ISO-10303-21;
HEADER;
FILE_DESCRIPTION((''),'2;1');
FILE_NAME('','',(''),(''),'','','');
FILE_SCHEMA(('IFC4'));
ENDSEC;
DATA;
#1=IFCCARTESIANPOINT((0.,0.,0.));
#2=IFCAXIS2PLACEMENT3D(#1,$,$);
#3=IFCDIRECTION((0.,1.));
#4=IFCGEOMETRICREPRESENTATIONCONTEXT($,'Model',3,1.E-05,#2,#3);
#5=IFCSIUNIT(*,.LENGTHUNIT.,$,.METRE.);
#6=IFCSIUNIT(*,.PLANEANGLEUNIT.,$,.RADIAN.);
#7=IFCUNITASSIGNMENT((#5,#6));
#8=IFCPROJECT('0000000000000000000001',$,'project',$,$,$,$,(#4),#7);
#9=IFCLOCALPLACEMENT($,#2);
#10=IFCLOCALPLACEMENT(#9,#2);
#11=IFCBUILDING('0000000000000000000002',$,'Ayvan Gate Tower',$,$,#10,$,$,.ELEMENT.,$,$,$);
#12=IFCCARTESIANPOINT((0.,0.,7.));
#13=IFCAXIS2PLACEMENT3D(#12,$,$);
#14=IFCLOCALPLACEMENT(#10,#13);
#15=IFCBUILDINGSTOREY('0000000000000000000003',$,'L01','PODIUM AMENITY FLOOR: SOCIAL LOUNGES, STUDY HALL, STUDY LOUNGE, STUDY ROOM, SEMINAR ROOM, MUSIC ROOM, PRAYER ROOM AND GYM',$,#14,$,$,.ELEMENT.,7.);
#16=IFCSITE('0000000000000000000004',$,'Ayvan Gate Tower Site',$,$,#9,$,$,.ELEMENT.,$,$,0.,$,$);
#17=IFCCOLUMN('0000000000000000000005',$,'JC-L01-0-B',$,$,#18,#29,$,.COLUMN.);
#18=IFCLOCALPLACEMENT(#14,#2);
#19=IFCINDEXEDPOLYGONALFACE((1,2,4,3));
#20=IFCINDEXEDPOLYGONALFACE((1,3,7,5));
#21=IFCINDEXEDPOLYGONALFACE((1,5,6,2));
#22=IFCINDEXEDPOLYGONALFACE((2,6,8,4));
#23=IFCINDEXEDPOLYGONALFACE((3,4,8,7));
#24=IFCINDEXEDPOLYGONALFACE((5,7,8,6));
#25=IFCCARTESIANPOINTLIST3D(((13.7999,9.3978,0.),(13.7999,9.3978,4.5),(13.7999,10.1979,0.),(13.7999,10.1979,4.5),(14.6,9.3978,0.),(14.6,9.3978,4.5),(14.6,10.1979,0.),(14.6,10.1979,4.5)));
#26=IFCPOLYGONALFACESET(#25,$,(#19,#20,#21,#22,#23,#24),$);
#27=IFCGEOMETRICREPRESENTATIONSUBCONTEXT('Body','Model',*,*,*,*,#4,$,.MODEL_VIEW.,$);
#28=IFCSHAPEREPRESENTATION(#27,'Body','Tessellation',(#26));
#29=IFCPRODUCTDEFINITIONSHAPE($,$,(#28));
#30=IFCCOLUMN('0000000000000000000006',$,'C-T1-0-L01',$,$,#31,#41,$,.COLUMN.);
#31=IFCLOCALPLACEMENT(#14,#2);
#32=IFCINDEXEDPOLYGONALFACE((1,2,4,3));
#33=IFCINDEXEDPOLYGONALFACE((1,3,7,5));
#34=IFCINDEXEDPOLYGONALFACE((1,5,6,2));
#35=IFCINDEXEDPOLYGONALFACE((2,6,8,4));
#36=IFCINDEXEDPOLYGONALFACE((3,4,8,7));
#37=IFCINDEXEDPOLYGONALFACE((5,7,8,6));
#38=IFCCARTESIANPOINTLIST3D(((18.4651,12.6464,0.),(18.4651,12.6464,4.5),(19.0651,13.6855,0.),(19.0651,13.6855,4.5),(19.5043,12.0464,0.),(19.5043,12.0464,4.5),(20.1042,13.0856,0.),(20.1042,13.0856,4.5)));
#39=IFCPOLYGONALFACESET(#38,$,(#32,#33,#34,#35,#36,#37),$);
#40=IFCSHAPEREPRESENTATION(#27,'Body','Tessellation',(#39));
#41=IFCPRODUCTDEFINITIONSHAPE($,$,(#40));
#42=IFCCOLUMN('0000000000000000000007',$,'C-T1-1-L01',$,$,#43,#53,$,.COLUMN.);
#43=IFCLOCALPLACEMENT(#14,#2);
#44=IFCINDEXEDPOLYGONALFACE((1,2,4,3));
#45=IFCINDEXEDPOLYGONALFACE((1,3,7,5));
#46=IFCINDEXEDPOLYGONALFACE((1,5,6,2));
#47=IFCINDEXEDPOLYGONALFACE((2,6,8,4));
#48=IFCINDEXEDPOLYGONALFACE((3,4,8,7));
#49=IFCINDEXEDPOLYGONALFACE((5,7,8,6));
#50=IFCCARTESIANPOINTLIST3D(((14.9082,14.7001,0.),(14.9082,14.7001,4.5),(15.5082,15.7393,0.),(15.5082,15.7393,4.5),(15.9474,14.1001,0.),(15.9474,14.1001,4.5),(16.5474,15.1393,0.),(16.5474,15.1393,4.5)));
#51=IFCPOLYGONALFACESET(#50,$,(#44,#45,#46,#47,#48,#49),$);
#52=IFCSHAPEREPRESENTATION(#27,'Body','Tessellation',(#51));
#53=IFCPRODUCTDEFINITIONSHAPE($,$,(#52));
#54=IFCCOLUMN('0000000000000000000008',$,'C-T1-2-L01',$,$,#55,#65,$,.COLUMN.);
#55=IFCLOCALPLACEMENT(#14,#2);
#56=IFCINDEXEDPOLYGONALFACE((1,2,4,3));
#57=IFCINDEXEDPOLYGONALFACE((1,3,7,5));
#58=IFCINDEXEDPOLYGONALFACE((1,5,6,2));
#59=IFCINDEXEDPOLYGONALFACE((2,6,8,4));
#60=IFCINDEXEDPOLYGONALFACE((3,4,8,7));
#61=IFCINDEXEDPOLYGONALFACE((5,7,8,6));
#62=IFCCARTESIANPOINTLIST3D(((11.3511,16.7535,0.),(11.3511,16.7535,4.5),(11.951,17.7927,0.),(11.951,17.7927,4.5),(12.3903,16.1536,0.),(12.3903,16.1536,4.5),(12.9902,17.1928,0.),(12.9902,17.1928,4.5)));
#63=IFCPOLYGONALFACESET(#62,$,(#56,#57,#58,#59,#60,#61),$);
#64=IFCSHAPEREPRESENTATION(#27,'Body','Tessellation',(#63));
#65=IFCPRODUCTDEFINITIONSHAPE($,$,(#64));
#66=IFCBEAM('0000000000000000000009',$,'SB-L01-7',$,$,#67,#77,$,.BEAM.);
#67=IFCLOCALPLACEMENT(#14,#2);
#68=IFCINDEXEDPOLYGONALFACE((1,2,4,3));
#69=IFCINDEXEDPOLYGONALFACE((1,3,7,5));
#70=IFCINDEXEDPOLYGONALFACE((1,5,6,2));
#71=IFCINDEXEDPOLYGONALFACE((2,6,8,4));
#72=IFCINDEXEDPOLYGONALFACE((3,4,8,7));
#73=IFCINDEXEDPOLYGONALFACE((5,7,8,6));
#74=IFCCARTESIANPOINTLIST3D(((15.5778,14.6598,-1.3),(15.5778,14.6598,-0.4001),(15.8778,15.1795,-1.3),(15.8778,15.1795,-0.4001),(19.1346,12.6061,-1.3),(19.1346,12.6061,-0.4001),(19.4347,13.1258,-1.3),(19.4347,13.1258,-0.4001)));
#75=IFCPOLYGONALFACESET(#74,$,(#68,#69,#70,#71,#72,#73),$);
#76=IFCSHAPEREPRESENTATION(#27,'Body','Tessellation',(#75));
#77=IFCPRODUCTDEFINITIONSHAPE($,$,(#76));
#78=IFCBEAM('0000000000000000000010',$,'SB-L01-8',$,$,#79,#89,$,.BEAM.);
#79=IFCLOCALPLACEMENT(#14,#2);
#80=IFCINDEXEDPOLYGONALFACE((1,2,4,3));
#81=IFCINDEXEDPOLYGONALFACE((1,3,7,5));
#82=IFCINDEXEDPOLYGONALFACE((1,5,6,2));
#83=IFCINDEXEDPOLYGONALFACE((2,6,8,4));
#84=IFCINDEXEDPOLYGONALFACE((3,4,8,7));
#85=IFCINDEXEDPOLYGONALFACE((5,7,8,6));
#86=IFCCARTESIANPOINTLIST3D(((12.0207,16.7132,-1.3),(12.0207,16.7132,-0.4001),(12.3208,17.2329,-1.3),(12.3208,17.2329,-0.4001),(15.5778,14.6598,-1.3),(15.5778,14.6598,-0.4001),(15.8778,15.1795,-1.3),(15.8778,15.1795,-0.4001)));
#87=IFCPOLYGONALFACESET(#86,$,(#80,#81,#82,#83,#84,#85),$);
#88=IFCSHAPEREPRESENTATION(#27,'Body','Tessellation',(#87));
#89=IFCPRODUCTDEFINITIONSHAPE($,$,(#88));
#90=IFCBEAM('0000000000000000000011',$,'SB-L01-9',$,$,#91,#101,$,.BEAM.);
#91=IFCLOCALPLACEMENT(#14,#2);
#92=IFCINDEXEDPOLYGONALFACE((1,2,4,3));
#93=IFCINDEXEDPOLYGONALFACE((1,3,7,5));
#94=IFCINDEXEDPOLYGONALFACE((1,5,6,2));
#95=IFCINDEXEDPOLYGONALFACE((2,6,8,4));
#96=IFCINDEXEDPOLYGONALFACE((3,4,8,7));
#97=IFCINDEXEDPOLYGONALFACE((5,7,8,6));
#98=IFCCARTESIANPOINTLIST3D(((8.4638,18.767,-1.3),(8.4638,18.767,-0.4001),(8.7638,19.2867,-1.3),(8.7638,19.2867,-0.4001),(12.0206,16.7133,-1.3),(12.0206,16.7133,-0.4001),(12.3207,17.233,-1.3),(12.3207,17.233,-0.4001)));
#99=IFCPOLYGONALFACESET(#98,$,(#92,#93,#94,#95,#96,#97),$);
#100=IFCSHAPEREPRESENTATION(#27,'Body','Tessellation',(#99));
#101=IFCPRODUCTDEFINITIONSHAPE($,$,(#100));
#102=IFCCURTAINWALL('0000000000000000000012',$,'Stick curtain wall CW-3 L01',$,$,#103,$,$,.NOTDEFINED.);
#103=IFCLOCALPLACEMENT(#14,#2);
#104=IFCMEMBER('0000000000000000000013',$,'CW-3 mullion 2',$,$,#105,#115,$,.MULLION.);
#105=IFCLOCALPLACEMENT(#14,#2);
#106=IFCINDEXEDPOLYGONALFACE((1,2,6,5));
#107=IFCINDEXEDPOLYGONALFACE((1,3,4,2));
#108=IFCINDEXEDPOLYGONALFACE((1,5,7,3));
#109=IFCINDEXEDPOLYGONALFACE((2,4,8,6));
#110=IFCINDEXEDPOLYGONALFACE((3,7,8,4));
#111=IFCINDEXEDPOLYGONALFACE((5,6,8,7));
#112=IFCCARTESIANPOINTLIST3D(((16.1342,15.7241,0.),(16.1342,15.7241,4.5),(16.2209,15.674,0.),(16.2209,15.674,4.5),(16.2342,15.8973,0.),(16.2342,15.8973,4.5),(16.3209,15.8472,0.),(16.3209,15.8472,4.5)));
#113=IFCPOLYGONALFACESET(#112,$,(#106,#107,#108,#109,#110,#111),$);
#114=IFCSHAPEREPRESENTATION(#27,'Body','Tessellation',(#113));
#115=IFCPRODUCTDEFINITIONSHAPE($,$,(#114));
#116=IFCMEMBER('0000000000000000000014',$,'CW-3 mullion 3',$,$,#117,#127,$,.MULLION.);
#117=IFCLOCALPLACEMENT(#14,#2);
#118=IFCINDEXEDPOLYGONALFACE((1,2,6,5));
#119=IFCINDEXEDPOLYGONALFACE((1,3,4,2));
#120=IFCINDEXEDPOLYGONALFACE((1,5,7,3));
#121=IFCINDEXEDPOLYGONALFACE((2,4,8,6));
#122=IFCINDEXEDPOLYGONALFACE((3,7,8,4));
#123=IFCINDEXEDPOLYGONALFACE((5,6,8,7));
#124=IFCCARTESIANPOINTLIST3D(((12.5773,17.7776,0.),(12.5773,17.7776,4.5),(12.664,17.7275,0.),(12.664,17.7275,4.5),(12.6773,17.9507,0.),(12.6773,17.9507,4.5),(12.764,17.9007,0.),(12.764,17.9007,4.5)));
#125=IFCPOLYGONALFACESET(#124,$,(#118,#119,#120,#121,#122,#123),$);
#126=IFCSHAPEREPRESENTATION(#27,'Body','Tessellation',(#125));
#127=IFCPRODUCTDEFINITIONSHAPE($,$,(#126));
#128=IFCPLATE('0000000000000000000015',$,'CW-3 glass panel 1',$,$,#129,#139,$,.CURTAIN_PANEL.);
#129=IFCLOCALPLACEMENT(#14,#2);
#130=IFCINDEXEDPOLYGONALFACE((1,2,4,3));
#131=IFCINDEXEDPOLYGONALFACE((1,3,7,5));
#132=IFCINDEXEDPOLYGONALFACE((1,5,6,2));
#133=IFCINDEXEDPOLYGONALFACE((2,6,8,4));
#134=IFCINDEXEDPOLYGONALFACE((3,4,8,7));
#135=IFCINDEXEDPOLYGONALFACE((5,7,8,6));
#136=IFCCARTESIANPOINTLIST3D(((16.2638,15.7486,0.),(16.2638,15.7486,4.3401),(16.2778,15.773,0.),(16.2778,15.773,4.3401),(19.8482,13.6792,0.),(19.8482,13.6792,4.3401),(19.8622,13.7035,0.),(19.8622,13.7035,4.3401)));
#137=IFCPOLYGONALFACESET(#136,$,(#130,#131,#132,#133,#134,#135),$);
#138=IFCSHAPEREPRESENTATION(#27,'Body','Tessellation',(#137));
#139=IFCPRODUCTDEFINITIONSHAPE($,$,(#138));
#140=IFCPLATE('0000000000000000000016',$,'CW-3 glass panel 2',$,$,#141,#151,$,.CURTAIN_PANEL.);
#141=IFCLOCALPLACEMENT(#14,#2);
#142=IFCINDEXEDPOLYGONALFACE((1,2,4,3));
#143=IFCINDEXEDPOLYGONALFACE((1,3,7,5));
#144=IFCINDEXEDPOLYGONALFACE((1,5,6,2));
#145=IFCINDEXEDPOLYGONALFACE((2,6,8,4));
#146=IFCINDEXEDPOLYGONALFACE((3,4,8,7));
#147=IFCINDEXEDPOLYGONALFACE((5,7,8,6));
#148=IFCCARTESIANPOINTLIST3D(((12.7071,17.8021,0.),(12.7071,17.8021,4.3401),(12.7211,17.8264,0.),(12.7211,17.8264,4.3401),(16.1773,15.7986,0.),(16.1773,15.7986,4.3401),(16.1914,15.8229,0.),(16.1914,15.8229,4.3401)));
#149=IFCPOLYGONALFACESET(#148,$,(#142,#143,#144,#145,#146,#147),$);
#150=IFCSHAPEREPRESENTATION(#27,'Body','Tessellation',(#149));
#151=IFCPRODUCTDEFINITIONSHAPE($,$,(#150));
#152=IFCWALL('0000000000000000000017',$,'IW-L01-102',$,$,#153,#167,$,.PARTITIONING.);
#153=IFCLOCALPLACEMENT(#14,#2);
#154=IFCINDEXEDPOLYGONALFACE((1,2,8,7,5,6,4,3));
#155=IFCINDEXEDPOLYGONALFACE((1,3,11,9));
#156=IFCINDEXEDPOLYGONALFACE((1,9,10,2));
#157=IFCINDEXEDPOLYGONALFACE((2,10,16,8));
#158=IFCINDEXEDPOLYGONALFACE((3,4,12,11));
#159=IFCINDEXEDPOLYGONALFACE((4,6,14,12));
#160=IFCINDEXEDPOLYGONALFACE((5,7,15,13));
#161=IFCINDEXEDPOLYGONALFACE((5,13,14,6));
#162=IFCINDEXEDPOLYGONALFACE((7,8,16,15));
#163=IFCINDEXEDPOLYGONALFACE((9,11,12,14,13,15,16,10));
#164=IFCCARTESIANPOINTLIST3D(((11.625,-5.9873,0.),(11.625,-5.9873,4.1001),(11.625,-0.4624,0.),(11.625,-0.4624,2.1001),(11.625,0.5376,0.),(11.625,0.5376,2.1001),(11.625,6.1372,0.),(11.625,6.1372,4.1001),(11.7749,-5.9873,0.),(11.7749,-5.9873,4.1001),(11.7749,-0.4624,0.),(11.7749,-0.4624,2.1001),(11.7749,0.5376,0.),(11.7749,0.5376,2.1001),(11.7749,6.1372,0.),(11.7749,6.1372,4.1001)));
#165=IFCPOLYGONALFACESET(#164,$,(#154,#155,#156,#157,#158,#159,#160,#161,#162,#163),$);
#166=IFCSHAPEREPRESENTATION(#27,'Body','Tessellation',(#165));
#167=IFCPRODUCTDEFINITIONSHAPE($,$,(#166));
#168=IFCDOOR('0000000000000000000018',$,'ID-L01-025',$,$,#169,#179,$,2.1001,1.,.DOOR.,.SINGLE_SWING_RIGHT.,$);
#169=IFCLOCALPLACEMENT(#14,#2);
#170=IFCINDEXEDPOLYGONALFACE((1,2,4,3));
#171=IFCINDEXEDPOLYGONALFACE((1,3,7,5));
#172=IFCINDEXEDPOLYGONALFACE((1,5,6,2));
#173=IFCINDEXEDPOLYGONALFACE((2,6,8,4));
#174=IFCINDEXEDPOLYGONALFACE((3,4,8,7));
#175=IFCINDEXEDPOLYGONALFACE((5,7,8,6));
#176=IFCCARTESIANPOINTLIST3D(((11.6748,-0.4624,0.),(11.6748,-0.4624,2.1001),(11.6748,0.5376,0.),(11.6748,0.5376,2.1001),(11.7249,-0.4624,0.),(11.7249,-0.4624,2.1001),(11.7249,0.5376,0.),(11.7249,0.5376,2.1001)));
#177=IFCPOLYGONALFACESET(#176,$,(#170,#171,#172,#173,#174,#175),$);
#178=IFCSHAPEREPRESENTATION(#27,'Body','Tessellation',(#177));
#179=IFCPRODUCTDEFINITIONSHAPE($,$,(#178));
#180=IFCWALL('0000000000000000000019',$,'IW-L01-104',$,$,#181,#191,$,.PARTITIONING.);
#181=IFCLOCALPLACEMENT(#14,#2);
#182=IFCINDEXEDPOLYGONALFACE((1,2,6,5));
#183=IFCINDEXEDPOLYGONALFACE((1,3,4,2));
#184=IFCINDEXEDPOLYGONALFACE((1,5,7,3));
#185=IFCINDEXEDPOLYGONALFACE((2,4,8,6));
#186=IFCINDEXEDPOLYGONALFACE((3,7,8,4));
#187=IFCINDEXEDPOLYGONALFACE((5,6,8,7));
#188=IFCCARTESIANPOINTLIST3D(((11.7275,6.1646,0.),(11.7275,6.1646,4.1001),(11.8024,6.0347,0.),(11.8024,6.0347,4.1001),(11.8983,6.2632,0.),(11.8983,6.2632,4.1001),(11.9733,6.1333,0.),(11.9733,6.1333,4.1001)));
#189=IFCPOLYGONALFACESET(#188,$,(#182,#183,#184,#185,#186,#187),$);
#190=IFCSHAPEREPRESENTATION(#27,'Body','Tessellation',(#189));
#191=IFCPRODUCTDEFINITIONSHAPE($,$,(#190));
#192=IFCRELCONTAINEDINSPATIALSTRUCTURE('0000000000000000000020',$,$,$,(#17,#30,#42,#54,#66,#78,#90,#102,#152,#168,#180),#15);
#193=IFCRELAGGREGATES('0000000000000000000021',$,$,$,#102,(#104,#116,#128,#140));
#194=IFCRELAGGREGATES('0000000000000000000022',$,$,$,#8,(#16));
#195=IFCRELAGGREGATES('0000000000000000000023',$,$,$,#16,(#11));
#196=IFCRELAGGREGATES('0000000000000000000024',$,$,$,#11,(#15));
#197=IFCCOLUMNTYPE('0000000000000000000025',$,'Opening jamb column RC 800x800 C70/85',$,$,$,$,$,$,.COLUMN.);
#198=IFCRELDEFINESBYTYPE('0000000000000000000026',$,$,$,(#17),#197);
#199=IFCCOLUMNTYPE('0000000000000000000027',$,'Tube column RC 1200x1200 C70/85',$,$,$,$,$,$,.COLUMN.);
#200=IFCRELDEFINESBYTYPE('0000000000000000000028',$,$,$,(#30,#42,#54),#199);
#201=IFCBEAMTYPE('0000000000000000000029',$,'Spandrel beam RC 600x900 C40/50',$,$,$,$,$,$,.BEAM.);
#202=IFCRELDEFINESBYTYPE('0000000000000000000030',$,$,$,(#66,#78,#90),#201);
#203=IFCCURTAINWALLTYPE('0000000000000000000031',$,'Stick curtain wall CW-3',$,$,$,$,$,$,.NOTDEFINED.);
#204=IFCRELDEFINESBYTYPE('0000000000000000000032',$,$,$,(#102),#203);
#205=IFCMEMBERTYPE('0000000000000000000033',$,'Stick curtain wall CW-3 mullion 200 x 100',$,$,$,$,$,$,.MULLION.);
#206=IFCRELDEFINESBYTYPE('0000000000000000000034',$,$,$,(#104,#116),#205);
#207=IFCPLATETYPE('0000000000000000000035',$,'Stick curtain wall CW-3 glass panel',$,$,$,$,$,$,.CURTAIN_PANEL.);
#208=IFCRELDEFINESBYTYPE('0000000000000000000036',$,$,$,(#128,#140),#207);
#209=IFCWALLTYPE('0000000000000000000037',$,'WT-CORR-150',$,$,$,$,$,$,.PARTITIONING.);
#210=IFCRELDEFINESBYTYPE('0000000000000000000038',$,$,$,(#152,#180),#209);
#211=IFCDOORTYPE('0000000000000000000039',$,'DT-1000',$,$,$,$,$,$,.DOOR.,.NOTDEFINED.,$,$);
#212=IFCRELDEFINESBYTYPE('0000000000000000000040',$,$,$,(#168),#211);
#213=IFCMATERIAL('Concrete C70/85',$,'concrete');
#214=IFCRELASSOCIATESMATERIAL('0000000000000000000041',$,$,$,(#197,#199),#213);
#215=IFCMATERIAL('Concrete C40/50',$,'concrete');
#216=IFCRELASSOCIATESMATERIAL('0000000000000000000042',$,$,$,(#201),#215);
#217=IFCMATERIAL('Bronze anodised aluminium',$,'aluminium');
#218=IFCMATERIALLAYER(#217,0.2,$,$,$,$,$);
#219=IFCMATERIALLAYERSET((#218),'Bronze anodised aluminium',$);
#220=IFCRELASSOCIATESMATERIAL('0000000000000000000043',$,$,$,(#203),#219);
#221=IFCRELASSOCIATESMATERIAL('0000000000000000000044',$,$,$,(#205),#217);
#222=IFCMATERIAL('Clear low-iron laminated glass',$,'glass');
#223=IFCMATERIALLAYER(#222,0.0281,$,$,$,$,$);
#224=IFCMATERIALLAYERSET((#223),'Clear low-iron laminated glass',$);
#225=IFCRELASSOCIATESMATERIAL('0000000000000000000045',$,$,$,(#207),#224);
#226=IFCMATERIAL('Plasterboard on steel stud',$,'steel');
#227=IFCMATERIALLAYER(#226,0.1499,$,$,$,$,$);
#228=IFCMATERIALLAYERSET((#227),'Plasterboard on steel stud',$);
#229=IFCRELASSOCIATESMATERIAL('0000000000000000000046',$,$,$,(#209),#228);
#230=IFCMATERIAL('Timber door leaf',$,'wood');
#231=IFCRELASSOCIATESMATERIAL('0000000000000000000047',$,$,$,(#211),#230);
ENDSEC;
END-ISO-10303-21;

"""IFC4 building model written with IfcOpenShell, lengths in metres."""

from ifc_helpers import new_model, si_unit, direction, frame, frame_2d, origin, origin_2d, place, context, subcontext, project, spatial, rectangle, extrude, material, layer, layer_set, material_profile, profile_set, type_object, element, fill, aggregate, save


model = new_model("IFC4")

# Units and contexts
model_context = context("Model", 3, precision=1e-05, world=origin(), true_north=direction((0.0, 1.0)))
body_context = subcontext(model_context, "Body", "Model", "MODEL_VIEW")
ifc_project = project(units=[si_unit("LENGTHUNIT", "METRE"), si_unit("PLANEANGLEUNIT", "RADIAN")], contexts=[model_context])

# Site, building, storey
site_placement = place(None, origin())
site = spatial("IfcSite", under=ifc_project, at=site_placement, Name="Ayvan Gate Tower Site", CompositionType="ELEMENT", RefElevation=0.0)
building_placement = place(site_placement, origin())
building = spatial("IfcBuilding", under=site, at=building_placement, Name="Ayvan Gate Tower", CompositionType="ELEMENT")
storey_placement = place(building_placement, frame((0.0, 0.0, 7.0)))
storey = spatial("IfcBuildingStorey", under=building, at=storey_placement, Name="L01", Description="PODIUM AMENITY FLOOR: SOCIAL LOUNGES, STUDY HALL, STUDY LOUNGE, STUDY ROOM, SEMINAR ROOM, MUSIC ROOM, PRAYER ROOM AND GYM", CompositionType="ELEMENT", Elevation=7.0)

# Columns
ifc_material_1 = material(Name="Concrete C70/85", Category="concrete")
ifc_material_profile_1 = material_profile(ifc_material_1, rectangle(XDim=0.8, YDim=0.8, at=origin_2d()), Name="RC 800x800")
ifc_profile_set_1 = profile_set([ifc_material_profile_1], Name="Concrete C70/85")
column_type_1 = type_object("IfcColumnType", Name="Opening jamb column RC 800x800 C70/85", PredefinedType="COLUMN", material=ifc_profile_set_1)
column_placement = place(storey_placement, frame((14.2, 9.7979, 0.0), z_axis=(0.0, 0.0, 1.0), x_axis=(1.0, 0.0, 0.0)))
element("IfcColumn", 1, at=column_placement, inside=storey, type_object=column_type_1, Name="JC-L01-0-B", PredefinedType="COLUMN", context=body_context, shape_type="SweptSolid", body=[
    extrude(rectangle(XDim=0.8, YDim=0.8, at=origin_2d()), origin(), (0.0, 0.0, 1.0), 4.5),
])
ifc_material_profile_2 = material_profile(ifc_material_1, rectangle(XDim=1.2, YDim=1.2, at=origin_2d()), Name="RC 1200x1200")
ifc_profile_set_2 = profile_set([ifc_material_profile_2], Name="Concrete C70/85")
column_type_2 = type_object("IfcColumnType", Name="Tube column RC 1200x1200 C70/85", PredefinedType="COLUMN", material=ifc_profile_set_2)
for number, where, z_axis, x_axis, name in (
    (2, (19.2847, 12.866, 0.0), (0.0, 0.0, 1.0), (0.5, 0.866025, 0.0), "C-T1-0-L01"),
    (3, (15.7278, 14.9197, 0.0), (0.0, 0.0, 1.0), (0.5, 0.866025, 0.0), "C-T1-1-L01"),
    (4, (12.1707, 16.9731, 0.0), (0.0, 0.0, 1.0), (0.5, 0.866025, 0.0), "C-T1-2-L01"),
):
    element("IfcColumn", number, at=place(storey_placement, frame(where, z_axis=z_axis, x_axis=x_axis)), inside=storey, type_object=column_type_2, Name=name, PredefinedType="COLUMN", context=body_context, shape_type="SweptSolid", body=[
        extrude(rectangle(XDim=1.2, YDim=1.2, at=origin_2d()), origin(), (0.0, 0.0, 1.0), 4.5),
    ])

# Beams
ifc_material_2 = material(Name="Concrete C40/50", Category="concrete")
ifc_material_profile_3 = material_profile(ifc_material_2, rectangle(XDim=0.6001, YDim=0.8999, at=origin_2d()), Name="RC 600x900")
ifc_profile_set_3 = profile_set([ifc_material_profile_3], Name="Concrete C40/50")
beam_type = type_object("IfcBeamType", Name="Spandrel beam RC 600x900 C40/50", PredefinedType="BEAM", material=ifc_profile_set_3)
for number, where, z_axis, x_axis, name in (
    (5, (19.2847, 12.866, -0.8501), (-0.86601, 0.500026, 0.0), (-0.500026, -0.86601, 0.0), "SB-L01-7"),
    (6, (15.7278, 14.9197, -0.8501), (-0.866051, 0.499956, 0.0), (-0.499956, -0.866051, 0.0), "SB-L01-8"),
    (7, (12.1707, 16.9731, -0.8501), (-0.86601, 0.500026, 0.0), (-0.500026, -0.86601, 0.0), "SB-L01-9"),
):
    element("IfcBeam", number, at=place(storey_placement, frame(where, z_axis=z_axis, x_axis=x_axis)), inside=storey, type_object=beam_type, Name=name, PredefinedType="BEAM", context=body_context, shape_type="SweptSolid", body=[
        extrude(rectangle(XDim=0.6001, YDim=0.8999, at=origin_2d()), origin(), (0.0, 0.0, 1.0), 4.1072),
    ])

# Curtain wall, members, plates
ifc_material_3 = material(Name="Bronze anodised aluminium", Category="aluminium")
ifc_layer_1 = layer(ifc_material_3, 0.2)
ifc_layer_set_1 = layer_set([ifc_layer_1], Name="Bronze anodised aluminium")
curtain_wall_type = type_object("IfcCurtainWallType", Name="Stick curtain wall CW-3", PredefinedType="NOTDEFINED", material=ifc_layer_set_1)
curtain_wall_placement = place(storey_placement, origin())
curtain_wall = element("IfcCurtainWall", 8, at=curtain_wall_placement, inside=storey, type_object=curtain_wall_type, Name="Stick curtain wall CW-3 L01", PredefinedType="NOTDEFINED")
ifc_material_profile_4 = material_profile(ifc_material_3, rectangle(XDim=0.2, YDim=0.1001, at=origin_2d()), Name="Stick curtain wall CW-3 mullion 200 x 100")
ifc_profile_set_4 = profile_set([ifc_material_profile_4], Name="Bronze anodised aluminium")
member_type = type_object("IfcMemberType", Name="Stick curtain wall CW-3 mullion 200 x 100", PredefinedType="MULLION", material=ifc_profile_set_4)
member_1_placement = place(storey_placement, frame((16.2275, 15.7856, 0.0), z_axis=(0.0, 0.0, 1.0), x_axis=(0.5, 0.866025, 0.0)))
member_1 = element("IfcMember", 9, at=member_1_placement, type_object=member_type, Name="CW-3 mullion 2", PredefinedType="MULLION", context=body_context, shape_type="SweptSolid", body=[
    extrude(rectangle(XDim=0.2, YDim=0.1001, at=origin_2d()), origin(), (0.0, 0.0, 1.0), 4.5),
])
member_2_placement = place(storey_placement, frame((12.6707, 17.8391, 0.0), z_axis=(0.0, 0.0, 1.0), x_axis=(0.5, 0.866025, 0.0)))
member_2 = element("IfcMember", 10, at=member_2_placement, type_object=member_type, Name="CW-3 mullion 3", PredefinedType="MULLION", context=body_context, shape_type="SweptSolid", body=[
    extrude(rectangle(XDim=0.2, YDim=0.1001, at=origin_2d()), origin(), (0.0, 0.0, 1.0), 4.5),
])
ifc_material_4 = material(Name="Clear low-iron laminated glass", Category="glass")
ifc_layer_2 = layer(ifc_material_4, 0.0281)
ifc_layer_set_2 = layer_set([ifc_layer_2], Name="Clear low-iron laminated glass")
plate_type = type_object("IfcPlateType", Name="Stick curtain wall CW-3 glass panel", PredefinedType="CURTAIN_PANEL", material=ifc_layer_set_2)
plate_1_placement = place(storey_placement, frame((18.063, 14.7261, 0.0), z_axis=(0.0, 0.0, 1.0), x_axis=(-0.866025, 0.5, 0.0)))
plate_1 = element("IfcPlate", 11, at=plate_1_placement, type_object=plate_type, Name="CW-3 glass panel 1", PredefinedType="CURTAIN_PANEL", context=body_context, shape_type="SweptSolid", body=[
    extrude(rectangle(XDim=4.1389, YDim=0.0281, at=origin_2d()), origin(), (0.0, 0.0, 1.0), 4.3401),
])
plate_2_placement = place(storey_placement, frame((14.4492, 16.8125, 0.0), z_axis=(0.0, 0.0, 1.0), x_axis=(-0.866025, 0.5, 0.0)))
plate_2 = element("IfcPlate", 12, at=plate_2_placement, type_object=plate_type, Name="CW-3 glass panel 2", PredefinedType="CURTAIN_PANEL", context=body_context, shape_type="SweptSolid", body=[
    extrude(rectangle(XDim=4.0071, YDim=0.0281, at=origin_2d()), origin(), (0.0, 0.0, 1.0), 4.3401),
])
aggregate(curtain_wall, [member_1, member_2, plate_1, plate_2])

# Wall, opening, door
ifc_material_5 = material(Name="Plasterboard on steel stud", Category="steel")
ifc_layer_3 = layer(ifc_material_5, 0.1499)
ifc_layer_set_3 = layer_set([ifc_layer_3], Name="Plasterboard on steel stud")
wall_type_1 = type_object("IfcWallType", Name="WT-CORR-150", PredefinedType="PARTITIONING", material=ifc_layer_set_3)
wall_1_placement = place(storey_placement, frame((11.7, 6.1372, 0.0), z_axis=(0.0, 0.0, 1.0), x_axis=(0.0, -1.0, 0.0)))
wall_1 = element("IfcWall", 13, at=wall_1_placement, inside=storey, type_object=wall_type_1, Name="IW-L01-102", PredefinedType="PARTITIONING", context=body_context, shape_type="SweptSolid", body=[
    extrude(rectangle(XDim=12.1245, YDim=0.1499, at=frame_2d((6.0623, 0.0))), origin(), (0.0, 0.0, 1.0), 4.1001),
])
opening_1_placement = place(wall_1_placement, frame((5.5996, 0.0, 0.0)))
opening_1 = element("IfcOpeningElement", 14, at=opening_1_placement, cuts=wall_1, PredefinedType="OPENING", context=body_context, shape_type="SweptSolid", body=[
    extrude(rectangle(XDim=1.0, YDim=2.1001, at=frame_2d((0.5, 1.05))), frame((0.0, 0.085, 0.0), z_axis=(0.0, -1.0, 0.0), x_axis=(1.0, 0.0, 0.0)), (0.0, 0.0, 1.0), 0.1699),
])
ifc_material_6 = material(Name="Timber door leaf", Category="wood")
door_type = type_object("IfcDoorType", Name="DT-1000", OperationType="NOTDEFINED", PredefinedType="DOOR", material=ifc_material_6)
door_1_placement = place(opening_1_placement, origin())
door_1 = element("IfcDoor", 15, at=door_1_placement, inside=storey, type_object=door_type, Name="ID-L01-025", OperationType="SINGLE_SWING_RIGHT", OverallHeight=2.1001, OverallWidth=1.0, PredefinedType="DOOR", context=body_context, shape_type="SweptSolid", body=[
    extrude(rectangle(XDim=1.0, YDim=2.1001, at=frame_2d((0.5, 1.05))), frame((0.0, 0.0249, 0.0), z_axis=(0.0, -1.0, 0.0), x_axis=(1.0, 0.0, 0.0)), (0.0, 0.0, 1.0), 0.05),
])
fill(opening_1, door_1)

# Wall
wall_2_placement = place(storey_placement, frame((11.9358, 6.1982, 0.0), z_axis=(0.0, 0.0, 1.0), x_axis=(-0.866103, -0.499865, 0.0)))
element("IfcWall", 16, at=wall_2_placement, inside=storey, type_object=wall_type_1, Name="IW-L01-104", PredefinedType="PARTITIONING", context=body_context, shape_type="SweptSolid", body=[
    extrude(rectangle(XDim=0.1973, YDim=0.1499, at=frame_2d((0.0986, 0.0))), origin(), (0.0, 0.0, 1.0), 4.1001),
])

save(model, "model.ifc")
